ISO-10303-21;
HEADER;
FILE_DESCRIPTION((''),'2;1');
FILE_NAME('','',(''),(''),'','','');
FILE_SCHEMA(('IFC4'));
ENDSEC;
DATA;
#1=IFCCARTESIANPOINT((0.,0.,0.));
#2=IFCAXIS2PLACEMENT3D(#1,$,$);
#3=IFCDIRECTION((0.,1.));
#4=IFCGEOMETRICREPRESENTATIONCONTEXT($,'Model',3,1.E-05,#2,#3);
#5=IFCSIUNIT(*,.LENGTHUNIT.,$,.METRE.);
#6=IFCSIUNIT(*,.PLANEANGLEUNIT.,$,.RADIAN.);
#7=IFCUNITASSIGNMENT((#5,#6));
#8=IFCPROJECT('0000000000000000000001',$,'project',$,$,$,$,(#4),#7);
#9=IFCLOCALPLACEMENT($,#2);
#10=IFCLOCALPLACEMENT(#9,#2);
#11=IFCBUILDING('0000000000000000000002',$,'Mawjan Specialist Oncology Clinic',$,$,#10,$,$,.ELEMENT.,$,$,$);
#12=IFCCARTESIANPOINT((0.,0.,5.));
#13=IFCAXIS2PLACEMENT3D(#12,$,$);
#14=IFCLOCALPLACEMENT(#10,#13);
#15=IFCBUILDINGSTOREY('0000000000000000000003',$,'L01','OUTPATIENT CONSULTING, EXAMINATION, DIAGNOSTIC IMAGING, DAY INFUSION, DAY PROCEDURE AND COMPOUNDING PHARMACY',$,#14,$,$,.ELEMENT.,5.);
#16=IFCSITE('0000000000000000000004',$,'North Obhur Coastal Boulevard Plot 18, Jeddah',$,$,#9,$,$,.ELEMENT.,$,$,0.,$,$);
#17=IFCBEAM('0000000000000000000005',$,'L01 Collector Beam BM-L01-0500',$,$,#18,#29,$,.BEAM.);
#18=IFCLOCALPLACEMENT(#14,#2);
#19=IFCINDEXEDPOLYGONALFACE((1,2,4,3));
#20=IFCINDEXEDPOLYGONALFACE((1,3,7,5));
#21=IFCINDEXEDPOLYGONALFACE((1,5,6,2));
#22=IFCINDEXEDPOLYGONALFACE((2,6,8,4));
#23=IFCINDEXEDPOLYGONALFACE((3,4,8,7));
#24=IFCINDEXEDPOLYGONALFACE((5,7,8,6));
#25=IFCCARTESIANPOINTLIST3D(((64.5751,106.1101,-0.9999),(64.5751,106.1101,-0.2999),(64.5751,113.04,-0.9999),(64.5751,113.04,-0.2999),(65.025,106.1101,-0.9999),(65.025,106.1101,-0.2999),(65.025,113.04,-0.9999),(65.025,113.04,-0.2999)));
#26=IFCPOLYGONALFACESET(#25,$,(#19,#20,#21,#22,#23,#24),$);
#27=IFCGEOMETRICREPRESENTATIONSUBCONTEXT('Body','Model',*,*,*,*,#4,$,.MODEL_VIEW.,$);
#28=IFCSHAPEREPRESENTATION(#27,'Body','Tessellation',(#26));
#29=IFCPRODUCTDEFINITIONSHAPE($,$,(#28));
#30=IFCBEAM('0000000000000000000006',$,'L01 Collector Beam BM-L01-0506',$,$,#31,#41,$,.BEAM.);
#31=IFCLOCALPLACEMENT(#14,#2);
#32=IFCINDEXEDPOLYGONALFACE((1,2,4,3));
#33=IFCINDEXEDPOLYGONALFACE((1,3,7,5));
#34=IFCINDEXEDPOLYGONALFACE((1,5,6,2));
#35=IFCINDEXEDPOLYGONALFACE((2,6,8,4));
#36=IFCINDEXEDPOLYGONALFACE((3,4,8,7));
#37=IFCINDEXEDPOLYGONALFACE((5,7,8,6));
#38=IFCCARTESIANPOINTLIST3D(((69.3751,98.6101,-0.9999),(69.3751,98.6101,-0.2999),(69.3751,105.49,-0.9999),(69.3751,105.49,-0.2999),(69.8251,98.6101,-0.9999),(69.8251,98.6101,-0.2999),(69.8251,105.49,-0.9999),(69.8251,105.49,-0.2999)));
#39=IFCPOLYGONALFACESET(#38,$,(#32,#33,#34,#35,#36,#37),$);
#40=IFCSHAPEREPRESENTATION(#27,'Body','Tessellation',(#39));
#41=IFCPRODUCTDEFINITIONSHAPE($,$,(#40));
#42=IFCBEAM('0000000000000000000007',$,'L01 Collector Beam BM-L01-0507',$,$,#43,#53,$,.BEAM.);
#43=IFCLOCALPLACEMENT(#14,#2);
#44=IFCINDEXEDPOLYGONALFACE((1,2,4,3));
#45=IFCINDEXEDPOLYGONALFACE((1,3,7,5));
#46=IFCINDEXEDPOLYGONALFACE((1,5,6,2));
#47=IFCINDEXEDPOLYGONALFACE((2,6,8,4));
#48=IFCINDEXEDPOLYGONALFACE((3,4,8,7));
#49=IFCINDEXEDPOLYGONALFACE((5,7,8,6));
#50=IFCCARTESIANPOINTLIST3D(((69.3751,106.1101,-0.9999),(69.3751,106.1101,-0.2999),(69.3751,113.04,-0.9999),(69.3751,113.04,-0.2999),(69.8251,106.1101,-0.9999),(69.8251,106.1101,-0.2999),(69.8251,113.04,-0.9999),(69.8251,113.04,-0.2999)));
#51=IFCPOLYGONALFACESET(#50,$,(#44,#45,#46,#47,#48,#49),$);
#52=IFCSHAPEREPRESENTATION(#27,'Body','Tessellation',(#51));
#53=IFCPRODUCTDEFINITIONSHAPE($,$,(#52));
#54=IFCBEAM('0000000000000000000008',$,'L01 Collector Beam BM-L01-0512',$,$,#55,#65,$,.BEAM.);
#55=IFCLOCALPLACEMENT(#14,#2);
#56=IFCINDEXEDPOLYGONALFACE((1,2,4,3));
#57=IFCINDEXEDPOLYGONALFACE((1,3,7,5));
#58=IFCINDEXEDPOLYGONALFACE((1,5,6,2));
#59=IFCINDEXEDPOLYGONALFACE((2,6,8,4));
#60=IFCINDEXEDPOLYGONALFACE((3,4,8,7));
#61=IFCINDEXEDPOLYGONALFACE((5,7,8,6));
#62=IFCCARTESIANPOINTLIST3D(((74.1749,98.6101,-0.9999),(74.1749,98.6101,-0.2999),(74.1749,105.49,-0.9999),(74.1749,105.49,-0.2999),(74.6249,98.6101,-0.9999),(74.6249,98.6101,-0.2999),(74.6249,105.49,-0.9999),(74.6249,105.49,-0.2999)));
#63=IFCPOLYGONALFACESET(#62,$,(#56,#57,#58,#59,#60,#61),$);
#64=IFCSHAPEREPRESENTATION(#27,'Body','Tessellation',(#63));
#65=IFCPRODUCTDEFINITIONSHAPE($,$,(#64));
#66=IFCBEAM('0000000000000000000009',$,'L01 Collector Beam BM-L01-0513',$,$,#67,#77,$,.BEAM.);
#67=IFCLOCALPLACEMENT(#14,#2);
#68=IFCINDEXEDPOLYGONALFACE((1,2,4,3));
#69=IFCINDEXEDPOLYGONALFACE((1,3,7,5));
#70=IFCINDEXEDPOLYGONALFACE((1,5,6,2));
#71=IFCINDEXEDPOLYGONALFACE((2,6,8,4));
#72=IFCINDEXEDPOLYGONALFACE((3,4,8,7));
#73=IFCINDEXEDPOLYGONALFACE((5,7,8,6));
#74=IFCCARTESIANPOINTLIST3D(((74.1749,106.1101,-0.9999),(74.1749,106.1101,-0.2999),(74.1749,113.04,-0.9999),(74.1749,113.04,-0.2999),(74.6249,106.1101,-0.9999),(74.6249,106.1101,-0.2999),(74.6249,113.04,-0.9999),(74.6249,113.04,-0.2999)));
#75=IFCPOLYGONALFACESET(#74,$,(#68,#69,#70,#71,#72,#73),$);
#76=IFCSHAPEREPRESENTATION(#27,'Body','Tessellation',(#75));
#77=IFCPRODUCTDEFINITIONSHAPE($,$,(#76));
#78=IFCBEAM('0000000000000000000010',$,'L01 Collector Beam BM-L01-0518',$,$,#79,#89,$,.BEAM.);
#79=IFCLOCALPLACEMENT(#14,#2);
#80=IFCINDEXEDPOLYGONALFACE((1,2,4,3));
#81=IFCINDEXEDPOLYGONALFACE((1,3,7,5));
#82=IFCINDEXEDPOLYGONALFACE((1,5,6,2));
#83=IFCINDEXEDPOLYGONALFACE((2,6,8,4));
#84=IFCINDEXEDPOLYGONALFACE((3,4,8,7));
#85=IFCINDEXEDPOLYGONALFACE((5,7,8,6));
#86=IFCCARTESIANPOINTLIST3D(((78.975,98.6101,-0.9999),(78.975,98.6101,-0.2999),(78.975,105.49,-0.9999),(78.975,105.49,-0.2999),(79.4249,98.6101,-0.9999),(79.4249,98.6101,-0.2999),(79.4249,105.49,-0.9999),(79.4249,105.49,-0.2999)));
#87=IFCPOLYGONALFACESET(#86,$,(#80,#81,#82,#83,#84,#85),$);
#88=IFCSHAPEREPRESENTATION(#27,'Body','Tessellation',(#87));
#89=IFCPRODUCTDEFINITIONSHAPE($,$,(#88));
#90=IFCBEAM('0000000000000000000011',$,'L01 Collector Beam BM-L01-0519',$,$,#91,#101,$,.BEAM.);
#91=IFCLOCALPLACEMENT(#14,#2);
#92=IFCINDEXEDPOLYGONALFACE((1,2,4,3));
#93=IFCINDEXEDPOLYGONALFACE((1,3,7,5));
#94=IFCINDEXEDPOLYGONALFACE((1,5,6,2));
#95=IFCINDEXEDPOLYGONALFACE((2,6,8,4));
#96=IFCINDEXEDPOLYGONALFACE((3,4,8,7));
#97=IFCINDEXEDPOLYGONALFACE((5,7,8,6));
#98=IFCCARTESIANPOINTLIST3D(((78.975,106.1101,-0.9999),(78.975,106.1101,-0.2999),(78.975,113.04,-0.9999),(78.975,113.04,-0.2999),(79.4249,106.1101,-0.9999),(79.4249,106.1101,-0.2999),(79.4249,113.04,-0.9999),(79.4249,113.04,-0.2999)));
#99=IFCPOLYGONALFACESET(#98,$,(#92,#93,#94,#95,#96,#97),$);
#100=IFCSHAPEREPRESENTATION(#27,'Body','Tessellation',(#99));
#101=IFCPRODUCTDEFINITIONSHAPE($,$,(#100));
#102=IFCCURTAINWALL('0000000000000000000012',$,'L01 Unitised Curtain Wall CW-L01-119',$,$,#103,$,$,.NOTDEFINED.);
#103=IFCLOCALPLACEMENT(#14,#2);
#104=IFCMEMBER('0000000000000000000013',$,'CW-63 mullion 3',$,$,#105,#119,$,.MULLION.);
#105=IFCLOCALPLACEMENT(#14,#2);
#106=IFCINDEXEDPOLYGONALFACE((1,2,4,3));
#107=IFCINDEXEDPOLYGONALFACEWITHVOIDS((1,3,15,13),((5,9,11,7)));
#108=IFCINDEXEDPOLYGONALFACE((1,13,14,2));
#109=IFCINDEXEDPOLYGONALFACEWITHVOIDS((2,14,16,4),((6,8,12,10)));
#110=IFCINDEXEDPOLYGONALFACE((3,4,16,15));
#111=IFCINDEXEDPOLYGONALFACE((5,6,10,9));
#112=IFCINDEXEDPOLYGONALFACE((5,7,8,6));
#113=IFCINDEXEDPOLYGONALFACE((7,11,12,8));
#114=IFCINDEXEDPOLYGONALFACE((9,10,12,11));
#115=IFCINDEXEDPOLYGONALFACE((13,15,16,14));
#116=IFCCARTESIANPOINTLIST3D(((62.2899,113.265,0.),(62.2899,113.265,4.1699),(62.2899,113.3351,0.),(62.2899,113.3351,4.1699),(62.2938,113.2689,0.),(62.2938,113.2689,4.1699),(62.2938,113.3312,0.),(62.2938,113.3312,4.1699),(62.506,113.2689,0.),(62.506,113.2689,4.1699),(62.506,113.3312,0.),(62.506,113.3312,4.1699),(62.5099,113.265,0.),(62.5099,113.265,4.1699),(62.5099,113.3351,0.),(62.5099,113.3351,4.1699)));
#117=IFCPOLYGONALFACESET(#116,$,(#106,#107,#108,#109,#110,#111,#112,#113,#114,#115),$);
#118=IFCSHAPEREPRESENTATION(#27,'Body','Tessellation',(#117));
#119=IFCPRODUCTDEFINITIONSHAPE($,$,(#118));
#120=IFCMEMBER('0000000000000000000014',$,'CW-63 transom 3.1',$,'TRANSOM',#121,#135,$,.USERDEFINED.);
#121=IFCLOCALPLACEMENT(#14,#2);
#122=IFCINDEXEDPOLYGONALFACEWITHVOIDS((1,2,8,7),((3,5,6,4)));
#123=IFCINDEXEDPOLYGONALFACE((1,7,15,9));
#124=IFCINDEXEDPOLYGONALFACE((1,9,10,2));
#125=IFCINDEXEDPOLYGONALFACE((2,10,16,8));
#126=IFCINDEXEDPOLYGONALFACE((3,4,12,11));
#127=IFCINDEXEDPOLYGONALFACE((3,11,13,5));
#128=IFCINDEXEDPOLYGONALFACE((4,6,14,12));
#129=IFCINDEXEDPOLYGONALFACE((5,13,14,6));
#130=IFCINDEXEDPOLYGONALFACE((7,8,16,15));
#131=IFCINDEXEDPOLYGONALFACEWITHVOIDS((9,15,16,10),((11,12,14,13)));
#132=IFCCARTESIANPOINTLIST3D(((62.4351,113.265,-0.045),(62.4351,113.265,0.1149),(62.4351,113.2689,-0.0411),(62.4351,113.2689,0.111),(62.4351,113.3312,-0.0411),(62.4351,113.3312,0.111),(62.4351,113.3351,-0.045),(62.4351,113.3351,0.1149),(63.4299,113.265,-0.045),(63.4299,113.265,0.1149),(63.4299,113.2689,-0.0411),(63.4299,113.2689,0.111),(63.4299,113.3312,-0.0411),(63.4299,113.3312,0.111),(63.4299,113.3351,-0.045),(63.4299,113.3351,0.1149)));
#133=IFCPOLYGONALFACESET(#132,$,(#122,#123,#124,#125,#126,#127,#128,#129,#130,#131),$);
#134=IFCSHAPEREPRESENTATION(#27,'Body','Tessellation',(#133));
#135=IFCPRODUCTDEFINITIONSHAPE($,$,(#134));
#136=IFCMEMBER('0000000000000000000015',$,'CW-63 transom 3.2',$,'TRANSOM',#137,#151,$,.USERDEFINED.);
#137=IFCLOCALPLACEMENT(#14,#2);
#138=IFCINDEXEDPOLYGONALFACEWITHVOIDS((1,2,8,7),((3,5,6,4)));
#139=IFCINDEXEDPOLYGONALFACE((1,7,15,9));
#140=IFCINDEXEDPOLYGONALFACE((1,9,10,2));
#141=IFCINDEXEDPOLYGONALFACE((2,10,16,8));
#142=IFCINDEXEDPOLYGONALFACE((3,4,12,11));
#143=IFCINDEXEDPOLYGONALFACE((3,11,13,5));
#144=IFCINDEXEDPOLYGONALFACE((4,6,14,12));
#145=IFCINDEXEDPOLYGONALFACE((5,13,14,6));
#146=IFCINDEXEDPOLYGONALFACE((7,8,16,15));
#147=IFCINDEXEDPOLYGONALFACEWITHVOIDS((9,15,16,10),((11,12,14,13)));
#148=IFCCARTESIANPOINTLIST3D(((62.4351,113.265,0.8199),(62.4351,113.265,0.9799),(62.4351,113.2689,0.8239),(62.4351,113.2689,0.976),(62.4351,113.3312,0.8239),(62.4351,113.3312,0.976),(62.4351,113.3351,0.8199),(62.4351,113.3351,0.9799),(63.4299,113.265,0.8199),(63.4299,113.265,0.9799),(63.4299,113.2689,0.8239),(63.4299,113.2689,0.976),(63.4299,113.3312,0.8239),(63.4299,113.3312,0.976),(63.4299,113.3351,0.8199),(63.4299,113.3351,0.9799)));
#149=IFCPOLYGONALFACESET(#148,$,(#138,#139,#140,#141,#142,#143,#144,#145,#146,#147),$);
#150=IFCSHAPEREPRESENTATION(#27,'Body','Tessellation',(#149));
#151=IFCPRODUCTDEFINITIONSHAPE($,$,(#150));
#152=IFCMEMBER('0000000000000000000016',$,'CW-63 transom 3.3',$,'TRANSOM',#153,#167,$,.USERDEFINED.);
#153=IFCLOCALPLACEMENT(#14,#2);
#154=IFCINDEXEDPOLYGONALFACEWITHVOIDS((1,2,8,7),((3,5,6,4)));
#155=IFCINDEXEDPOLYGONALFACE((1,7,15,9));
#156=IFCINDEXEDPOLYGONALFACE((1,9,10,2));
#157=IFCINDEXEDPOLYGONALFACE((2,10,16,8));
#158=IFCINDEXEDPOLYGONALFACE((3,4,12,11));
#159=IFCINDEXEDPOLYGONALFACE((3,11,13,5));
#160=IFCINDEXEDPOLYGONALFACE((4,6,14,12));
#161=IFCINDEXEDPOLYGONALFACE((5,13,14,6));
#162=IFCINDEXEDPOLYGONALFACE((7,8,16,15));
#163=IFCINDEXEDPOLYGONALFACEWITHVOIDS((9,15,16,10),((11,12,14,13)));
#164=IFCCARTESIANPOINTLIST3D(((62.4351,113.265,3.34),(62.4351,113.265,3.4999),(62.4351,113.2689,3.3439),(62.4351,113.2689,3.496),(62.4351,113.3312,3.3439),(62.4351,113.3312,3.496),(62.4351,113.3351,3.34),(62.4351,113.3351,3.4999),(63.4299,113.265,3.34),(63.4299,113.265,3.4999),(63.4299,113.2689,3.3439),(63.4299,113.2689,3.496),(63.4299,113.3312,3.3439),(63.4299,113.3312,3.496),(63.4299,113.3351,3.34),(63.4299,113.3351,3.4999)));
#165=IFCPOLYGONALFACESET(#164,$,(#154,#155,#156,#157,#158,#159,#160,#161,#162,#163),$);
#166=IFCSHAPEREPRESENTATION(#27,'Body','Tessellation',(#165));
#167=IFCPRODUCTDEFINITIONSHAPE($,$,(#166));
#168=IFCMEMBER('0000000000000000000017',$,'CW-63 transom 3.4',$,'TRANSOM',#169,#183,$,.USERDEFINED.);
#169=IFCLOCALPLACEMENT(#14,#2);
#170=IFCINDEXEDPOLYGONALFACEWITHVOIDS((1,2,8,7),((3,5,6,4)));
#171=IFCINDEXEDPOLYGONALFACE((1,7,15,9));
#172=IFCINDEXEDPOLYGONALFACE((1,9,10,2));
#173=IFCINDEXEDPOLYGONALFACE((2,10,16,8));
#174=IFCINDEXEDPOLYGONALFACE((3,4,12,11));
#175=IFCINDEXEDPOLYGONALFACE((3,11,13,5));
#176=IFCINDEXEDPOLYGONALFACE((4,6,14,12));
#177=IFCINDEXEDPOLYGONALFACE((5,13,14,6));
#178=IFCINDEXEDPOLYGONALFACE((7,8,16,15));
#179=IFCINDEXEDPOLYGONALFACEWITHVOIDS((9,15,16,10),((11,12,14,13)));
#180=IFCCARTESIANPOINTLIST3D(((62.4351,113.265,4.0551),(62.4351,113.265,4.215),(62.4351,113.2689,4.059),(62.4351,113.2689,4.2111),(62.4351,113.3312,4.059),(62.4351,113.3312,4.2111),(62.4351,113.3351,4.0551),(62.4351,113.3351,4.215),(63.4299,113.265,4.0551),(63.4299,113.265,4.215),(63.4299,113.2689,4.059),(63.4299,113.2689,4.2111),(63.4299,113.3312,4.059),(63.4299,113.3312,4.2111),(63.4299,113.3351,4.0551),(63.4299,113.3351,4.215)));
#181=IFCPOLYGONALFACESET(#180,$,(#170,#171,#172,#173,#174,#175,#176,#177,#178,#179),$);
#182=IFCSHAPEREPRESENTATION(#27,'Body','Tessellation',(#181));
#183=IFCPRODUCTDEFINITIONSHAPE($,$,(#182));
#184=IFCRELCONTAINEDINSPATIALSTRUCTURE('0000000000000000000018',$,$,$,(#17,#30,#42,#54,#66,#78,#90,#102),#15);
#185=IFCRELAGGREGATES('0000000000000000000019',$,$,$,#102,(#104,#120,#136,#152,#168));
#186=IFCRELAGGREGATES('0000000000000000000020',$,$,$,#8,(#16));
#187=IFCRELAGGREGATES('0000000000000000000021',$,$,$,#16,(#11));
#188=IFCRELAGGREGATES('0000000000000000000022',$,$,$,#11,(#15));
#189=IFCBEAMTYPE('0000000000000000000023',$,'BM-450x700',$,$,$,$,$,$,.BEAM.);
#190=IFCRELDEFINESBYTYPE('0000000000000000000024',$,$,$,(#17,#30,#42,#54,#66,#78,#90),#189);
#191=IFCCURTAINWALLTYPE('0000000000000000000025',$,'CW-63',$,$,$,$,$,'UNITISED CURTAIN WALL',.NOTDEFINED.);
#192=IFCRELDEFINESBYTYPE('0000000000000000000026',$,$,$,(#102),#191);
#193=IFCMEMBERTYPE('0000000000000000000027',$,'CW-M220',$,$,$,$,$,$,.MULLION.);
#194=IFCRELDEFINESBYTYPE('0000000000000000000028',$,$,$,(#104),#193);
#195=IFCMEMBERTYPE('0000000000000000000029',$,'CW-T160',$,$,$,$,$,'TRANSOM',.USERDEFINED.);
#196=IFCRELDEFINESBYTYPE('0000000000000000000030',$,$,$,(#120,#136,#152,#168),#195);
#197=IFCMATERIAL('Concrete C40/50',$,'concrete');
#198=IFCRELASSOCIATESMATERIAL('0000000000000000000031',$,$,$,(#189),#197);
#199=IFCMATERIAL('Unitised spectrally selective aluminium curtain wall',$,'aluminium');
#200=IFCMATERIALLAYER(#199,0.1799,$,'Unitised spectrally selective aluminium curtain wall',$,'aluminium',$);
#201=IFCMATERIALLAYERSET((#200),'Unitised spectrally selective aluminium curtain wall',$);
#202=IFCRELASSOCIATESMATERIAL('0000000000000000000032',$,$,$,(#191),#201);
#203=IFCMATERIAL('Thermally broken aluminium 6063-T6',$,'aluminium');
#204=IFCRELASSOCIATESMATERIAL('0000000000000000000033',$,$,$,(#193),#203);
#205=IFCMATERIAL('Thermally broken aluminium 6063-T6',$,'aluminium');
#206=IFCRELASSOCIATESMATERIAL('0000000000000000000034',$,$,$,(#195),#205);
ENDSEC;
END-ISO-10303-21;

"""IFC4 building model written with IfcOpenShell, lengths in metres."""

from ifc_helpers import new_model, si_unit, direction, frame, origin, origin_2d, place, context, subcontext, project, spatial, rectangle, hollow_rectangle, extrude, material, layer, layer_set, material_profile, profile_set, type_object, element, aggregate, save


model = new_model("IFC4")

# Units and contexts
model_context = context("Model", 3, precision=1e-05, world=origin(), true_north=direction((0.0, 1.0)))
body_context = subcontext(model_context, "Body", "Model", "MODEL_VIEW")
ifc_project = project(units=[si_unit("LENGTHUNIT", "METRE"), si_unit("PLANEANGLEUNIT", "RADIAN")], contexts=[model_context])

# Site, building, storey
site_placement = place(None, origin())
site = spatial("IfcSite", under=ifc_project, at=site_placement, Name="North Obhur Coastal Boulevard Plot 18, Jeddah", CompositionType="ELEMENT", RefElevation=0.0)
building_placement = place(site_placement, origin())
building = spatial("IfcBuilding", under=site, at=building_placement, Name="Mawjan Specialist Oncology Clinic", CompositionType="ELEMENT")
storey_placement = place(building_placement, frame((0.0, 0.0, 5.0)))
storey = spatial("IfcBuildingStorey", under=building, at=storey_placement, Name="L01", Description="OUTPATIENT CONSULTING, EXAMINATION, DIAGNOSTIC IMAGING, DAY INFUSION, DAY PROCEDURE AND COMPOUNDING PHARMACY", CompositionType="ELEMENT", Elevation=5.0)

# Beams
ifc_material_1 = material(Name="Concrete C40/50", Category="concrete")
ifc_material_profile_1 = material_profile(ifc_material_1, rectangle(XDim=0.45, YDim=0.7, at=origin_2d()), Name="RC BM 450x700", Category="concrete")
ifc_profile_set_1 = profile_set([ifc_material_profile_1], Name="Concrete C40/50")
beam_type_1 = type_object("IfcBeamType", Name="BM-450x700", PredefinedType="BEAM", material=ifc_profile_set_1)
beam_1_placement = place(storey_placement, frame((64.8, 106.1101, -0.6499), z_axis=(0.0, 1.0, 0.0), x_axis=(-1.0, 0.0, 0.0)))
element("IfcBeam", 1, at=beam_1_placement, inside=storey, type_object=beam_type_1, Name="L01 Collector Beam BM-L01-0500", PredefinedType="BEAM", context=body_context, shape_type="SweptSolid", body=[
    extrude(rectangle(XDim=0.45, YDim=0.7, at=origin_2d()), origin(), (0.0, 0.0, 1.0), 6.9299),
])
beam_2_placement = place(storey_placement, frame((69.6001, 98.6101, -0.6499), z_axis=(0.0, 1.0, 0.0), x_axis=(-1.0, 0.0, 0.0)))
element("IfcBeam", 2, at=beam_2_placement, inside=storey, type_object=beam_type_1, Name="L01 Collector Beam BM-L01-0506", PredefinedType="BEAM", context=body_context, shape_type="SweptSolid", body=[
    extrude(rectangle(XDim=0.45, YDim=0.7, at=origin_2d()), origin(), (0.0, 0.0, 1.0), 6.8799),
])
beam_3_placement = place(storey_placement, frame((69.6001, 106.1101, -0.6499), z_axis=(0.0, 1.0, 0.0), x_axis=(-1.0, 0.0, 0.0)))
element("IfcBeam", 3, at=beam_3_placement, inside=storey, type_object=beam_type_1, Name="L01 Collector Beam BM-L01-0507", PredefinedType="BEAM", context=body_context, shape_type="SweptSolid", body=[
    extrude(rectangle(XDim=0.45, YDim=0.7, at=origin_2d()), origin(), (0.0, 0.0, 1.0), 6.9299),
])
beam_4_placement = place(storey_placement, frame((74.3999, 98.6101, -0.6499), z_axis=(0.0, 1.0, 0.0), x_axis=(-1.0, 0.0, 0.0)))
element("IfcBeam", 4, at=beam_4_placement, inside=storey, type_object=beam_type_1, Name="L01 Collector Beam BM-L01-0512", PredefinedType="BEAM", context=body_context, shape_type="SweptSolid", body=[
    extrude(rectangle(XDim=0.45, YDim=0.7, at=origin_2d()), origin(), (0.0, 0.0, 1.0), 6.8799),
])
beam_5_placement = place(storey_placement, frame((74.3999, 106.1101, -0.6499), z_axis=(0.0, 1.0, 0.0), x_axis=(-1.0, 0.0, 0.0)))
element("IfcBeam", 5, at=beam_5_placement, inside=storey, type_object=beam_type_1, Name="L01 Collector Beam BM-L01-0513", PredefinedType="BEAM", context=body_context, shape_type="SweptSolid", body=[
    extrude(rectangle(XDim=0.45, YDim=0.7, at=origin_2d()), origin(), (0.0, 0.0, 1.0), 6.9299),
])
beam_6_placement = place(storey_placement, frame((79.2, 98.6101, -0.6499), z_axis=(0.0, 1.0, 0.0), x_axis=(-1.0, 0.0, 0.0)))
element("IfcBeam", 6, at=beam_6_placement, inside=storey, type_object=beam_type_1, Name="L01 Collector Beam BM-L01-0518", PredefinedType="BEAM", context=body_context, shape_type="SweptSolid", body=[
    extrude(rectangle(XDim=0.45, YDim=0.7, at=origin_2d()), origin(), (0.0, 0.0, 1.0), 6.8799),
])
beam_7_placement = place(storey_placement, frame((79.2, 106.1101, -0.6499), z_axis=(0.0, 1.0, 0.0), x_axis=(-1.0, 0.0, 0.0)))
element("IfcBeam", 7, at=beam_7_placement, inside=storey, type_object=beam_type_1, Name="L01 Collector Beam BM-L01-0519", PredefinedType="BEAM", context=body_context, shape_type="SweptSolid", body=[
    extrude(rectangle(XDim=0.45, YDim=0.7, at=origin_2d()), origin(), (0.0, 0.0, 1.0), 6.9299),
])

# Curtain wall, members
ifc_material_2 = material(Name="Unitised spectrally selective aluminium curtain wall", Category="aluminium")
ifc_layer_1 = layer(ifc_material_2, 0.1799, Name="Unitised spectrally selective aluminium curtain wall", Category="aluminium")
ifc_layer_set_1 = layer_set([ifc_layer_1], Name="Unitised spectrally selective aluminium curtain wall")
curtain_wall_type = type_object("IfcCurtainWallType", Name="CW-63", ElementType="UNITISED CURTAIN WALL", PredefinedType="NOTDEFINED", material=ifc_layer_set_1)
curtain_wall_placement = place(storey_placement, origin())
curtain_wall = element("IfcCurtainWall", 8, at=curtain_wall_placement, inside=storey, type_object=curtain_wall_type, Name="L01 Unitised Curtain Wall CW-L01-119", PredefinedType="NOTDEFINED")
ifc_material_3 = material(Name="Thermally broken aluminium 6063-T6", Category="aluminium")
ifc_material_profile_2 = material_profile(ifc_material_3, hollow_rectangle(XDim=0.0701, YDim=0.22, WallThickness=0.0039, at=origin_2d()), Name="ALU MULLION 220x70x4", Category="aluminium")
ifc_profile_set_2 = profile_set([ifc_material_profile_2], Name="Thermally broken aluminium 6063-T6")
member_type_1 = type_object("IfcMemberType", Name="CW-M220", PredefinedType="MULLION", material=ifc_profile_set_2)
member_1_placement = place(storey_placement, frame((62.3999, 113.3, 0.0), z_axis=(0.0, 0.0, 1.0), x_axis=(0.0, 1.0, 0.0)))
member_1 = element("IfcMember", 9, at=member_1_placement, type_object=member_type_1, Name="CW-63 mullion 3", PredefinedType="MULLION", context=body_context, shape_type="SweptSolid", body=[
    extrude(hollow_rectangle(XDim=0.0701, YDim=0.22, WallThickness=0.0039, at=origin_2d()), origin(), (0.0, 0.0, 1.0), 4.1699),
])
ifc_material_4 = material(Name="Thermally broken aluminium 6063-T6", Category="aluminium")
ifc_material_profile_3 = material_profile(ifc_material_4, hollow_rectangle(XDim=0.0701, YDim=0.1599, WallThickness=0.0039, at=origin_2d()), Name="ALU TRANSOM 160x70x4", Category="aluminium")
ifc_profile_set_3 = profile_set([ifc_material_profile_3], Name="Thermally broken aluminium 6063-T6")
member_type_2 = type_object("IfcMemberType", Name="CW-T160", ElementType="TRANSOM", PredefinedType="USERDEFINED", material=ifc_profile_set_3)
member_2_placement = place(storey_placement, frame((62.4351, 113.3, 0.0349), z_axis=(1.0, 0.0, 0.0), x_axis=(0.0, 1.0, 0.0)))
member_2 = element("IfcMember", 10, at=member_2_placement, type_object=member_type_2, Name="CW-63 transom 3.1", ObjectType="TRANSOM", PredefinedType="USERDEFINED", context=body_context, shape_type="SweptSolid", body=[
    extrude(hollow_rectangle(XDim=0.0701, YDim=0.1599, WallThickness=0.0039, at=origin_2d()), origin(), (0.0, 0.0, 1.0), 0.9949),
])
member_3_placement = place(storey_placement, frame((62.4351, 113.3, 0.8999), z_axis=(1.0, 0.0, 0.0), x_axis=(0.0, 1.0, 0.0)))
member_3 = element("IfcMember", 11, at=member_3_placement, type_object=member_type_2, Name="CW-63 transom 3.2", ObjectType="TRANSOM", PredefinedType="USERDEFINED", context=body_context, shape_type="SweptSolid", body=[
    extrude(hollow_rectangle(XDim=0.0701, YDim=0.1599, WallThickness=0.0039, at=origin_2d()), origin(), (0.0, 0.0, 1.0), 0.9949),
])
member_4_placement = place(storey_placement, frame((62.4351, 113.3, 3.4199), z_axis=(1.0, 0.0, 0.0), x_axis=(0.0, 1.0, 0.0)))
member_4 = element("IfcMember", 12, at=member_4_placement, type_object=member_type_2, Name="CW-63 transom 3.3", ObjectType="TRANSOM", PredefinedType="USERDEFINED", context=body_context, shape_type="SweptSolid", body=[
    extrude(hollow_rectangle(XDim=0.0701, YDim=0.1599, WallThickness=0.0039, at=origin_2d()), origin(), (0.0, 0.0, 1.0), 0.9949),
])
member_5_placement = place(storey_placement, frame((62.4351, 113.3, 4.135), z_axis=(1.0, 0.0, 0.0), x_axis=(0.0, 1.0, 0.0)))
member_5 = element("IfcMember", 13, at=member_5_placement, type_object=member_type_2, Name="CW-63 transom 3.4", ObjectType="TRANSOM", PredefinedType="USERDEFINED", context=body_context, shape_type="SweptSolid", body=[
    extrude(hollow_rectangle(XDim=0.0701, YDim=0.1599, WallThickness=0.0039, at=origin_2d()), origin(), (0.0, 0.0, 1.0), 0.9949),
])
aggregate(curtain_wall, [member_1, member_2, member_3, member_4, member_5])

save(model, "model.ifc")
